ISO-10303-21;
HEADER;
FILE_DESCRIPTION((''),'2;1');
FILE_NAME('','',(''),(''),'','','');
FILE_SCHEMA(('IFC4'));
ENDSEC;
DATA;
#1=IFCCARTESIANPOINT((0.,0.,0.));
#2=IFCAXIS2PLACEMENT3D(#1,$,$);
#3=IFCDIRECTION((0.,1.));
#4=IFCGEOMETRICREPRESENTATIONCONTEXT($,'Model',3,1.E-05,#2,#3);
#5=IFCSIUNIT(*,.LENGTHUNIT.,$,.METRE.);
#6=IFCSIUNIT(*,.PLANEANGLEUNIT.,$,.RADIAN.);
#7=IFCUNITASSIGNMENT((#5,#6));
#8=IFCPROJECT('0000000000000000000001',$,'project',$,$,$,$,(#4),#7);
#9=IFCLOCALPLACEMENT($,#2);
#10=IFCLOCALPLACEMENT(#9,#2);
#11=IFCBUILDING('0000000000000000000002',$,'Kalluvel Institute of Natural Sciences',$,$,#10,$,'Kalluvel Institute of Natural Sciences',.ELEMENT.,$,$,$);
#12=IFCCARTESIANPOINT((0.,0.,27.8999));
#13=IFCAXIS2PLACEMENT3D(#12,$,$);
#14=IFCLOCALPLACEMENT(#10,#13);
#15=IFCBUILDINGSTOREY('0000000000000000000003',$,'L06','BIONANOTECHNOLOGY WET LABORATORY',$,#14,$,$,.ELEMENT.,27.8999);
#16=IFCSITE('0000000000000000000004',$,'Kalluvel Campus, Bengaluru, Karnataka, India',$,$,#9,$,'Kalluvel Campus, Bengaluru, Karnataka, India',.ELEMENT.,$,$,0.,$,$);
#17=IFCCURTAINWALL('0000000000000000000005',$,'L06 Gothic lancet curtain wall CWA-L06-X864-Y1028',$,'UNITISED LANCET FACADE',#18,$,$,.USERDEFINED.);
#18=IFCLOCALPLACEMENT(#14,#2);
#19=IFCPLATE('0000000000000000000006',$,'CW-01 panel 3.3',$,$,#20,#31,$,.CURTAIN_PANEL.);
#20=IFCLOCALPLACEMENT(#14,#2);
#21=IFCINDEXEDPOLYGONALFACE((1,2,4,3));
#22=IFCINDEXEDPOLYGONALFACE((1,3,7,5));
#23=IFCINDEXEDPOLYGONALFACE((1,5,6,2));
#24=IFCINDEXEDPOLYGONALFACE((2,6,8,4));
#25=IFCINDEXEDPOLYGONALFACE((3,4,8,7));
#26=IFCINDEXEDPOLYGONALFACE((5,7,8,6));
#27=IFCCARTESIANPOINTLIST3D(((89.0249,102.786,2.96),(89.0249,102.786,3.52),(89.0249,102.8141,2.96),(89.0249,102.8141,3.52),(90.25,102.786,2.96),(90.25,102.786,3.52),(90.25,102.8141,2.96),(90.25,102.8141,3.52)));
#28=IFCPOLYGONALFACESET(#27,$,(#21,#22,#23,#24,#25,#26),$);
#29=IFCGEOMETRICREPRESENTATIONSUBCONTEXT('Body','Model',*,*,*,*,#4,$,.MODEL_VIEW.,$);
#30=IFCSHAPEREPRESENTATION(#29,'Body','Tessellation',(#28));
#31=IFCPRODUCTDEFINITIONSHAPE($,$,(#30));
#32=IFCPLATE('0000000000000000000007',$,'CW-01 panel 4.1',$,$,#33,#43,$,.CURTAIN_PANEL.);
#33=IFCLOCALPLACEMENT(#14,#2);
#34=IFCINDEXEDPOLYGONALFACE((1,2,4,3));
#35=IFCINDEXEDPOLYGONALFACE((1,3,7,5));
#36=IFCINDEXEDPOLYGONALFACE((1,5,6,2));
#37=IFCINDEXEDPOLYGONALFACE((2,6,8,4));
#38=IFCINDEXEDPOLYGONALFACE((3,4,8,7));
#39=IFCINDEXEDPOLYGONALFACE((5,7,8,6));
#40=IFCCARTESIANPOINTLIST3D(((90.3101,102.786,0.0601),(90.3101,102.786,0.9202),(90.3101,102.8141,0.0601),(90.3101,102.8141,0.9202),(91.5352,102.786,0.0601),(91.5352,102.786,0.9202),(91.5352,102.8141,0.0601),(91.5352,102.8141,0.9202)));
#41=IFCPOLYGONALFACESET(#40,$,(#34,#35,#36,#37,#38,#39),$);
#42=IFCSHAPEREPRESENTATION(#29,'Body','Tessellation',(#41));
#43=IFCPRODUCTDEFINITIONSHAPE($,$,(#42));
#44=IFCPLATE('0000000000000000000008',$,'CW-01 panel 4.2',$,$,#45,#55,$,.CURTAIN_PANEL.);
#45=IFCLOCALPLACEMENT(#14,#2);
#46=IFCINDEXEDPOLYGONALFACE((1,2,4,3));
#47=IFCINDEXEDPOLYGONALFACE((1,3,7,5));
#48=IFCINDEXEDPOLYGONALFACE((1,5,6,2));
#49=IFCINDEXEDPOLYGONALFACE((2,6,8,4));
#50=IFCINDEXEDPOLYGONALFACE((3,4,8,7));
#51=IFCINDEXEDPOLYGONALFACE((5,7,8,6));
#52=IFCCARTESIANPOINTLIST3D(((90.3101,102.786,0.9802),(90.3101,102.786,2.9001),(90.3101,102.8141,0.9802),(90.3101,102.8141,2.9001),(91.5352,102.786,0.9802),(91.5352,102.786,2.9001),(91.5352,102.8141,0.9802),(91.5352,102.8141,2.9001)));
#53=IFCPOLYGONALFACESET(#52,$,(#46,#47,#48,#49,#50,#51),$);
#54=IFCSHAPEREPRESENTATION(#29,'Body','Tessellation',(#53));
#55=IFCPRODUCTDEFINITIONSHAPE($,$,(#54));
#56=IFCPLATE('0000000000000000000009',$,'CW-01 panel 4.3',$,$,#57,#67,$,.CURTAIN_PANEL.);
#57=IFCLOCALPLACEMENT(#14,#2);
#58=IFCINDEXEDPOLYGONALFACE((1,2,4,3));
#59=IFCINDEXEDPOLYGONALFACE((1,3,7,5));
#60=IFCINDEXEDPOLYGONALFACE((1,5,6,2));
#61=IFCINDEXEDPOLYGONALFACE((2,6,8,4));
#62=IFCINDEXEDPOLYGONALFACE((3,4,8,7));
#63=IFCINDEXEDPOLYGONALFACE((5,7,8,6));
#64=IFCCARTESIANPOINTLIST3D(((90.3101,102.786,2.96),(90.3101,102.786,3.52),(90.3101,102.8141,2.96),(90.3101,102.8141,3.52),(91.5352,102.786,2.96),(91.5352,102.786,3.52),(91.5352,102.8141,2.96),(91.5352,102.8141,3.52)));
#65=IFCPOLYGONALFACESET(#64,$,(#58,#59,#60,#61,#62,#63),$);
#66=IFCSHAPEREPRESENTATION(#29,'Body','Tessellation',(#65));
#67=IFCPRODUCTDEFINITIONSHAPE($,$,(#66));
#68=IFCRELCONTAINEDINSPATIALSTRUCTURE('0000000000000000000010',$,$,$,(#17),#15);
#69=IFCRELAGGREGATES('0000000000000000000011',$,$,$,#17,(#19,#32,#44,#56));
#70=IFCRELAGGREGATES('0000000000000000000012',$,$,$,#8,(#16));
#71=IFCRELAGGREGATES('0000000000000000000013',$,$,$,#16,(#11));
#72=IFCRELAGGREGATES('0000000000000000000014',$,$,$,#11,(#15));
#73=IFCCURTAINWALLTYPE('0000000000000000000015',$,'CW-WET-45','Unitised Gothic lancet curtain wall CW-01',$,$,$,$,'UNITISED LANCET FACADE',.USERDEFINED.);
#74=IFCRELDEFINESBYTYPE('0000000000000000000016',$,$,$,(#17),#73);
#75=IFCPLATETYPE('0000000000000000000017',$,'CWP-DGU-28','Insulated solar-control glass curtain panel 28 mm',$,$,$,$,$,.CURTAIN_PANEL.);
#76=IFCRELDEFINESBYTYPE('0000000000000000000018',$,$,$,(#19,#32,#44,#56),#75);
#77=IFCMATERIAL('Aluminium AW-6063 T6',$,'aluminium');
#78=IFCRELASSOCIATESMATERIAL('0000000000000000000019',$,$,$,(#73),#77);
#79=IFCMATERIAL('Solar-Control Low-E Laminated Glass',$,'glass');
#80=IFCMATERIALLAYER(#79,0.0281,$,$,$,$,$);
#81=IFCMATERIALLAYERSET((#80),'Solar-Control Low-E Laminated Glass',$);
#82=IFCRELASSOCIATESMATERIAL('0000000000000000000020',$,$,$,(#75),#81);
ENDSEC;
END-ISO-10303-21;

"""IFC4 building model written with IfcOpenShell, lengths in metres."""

from ifc_helpers import new_model, si_unit, direction, frame, origin, origin_2d, place, context, subcontext, project, spatial, rectangle, extrude, material, layer, layer_set, type_object, element, aggregate, save


model = new_model("IFC4")

# Units and contexts
model_context = context("Model", 3, precision=1e-05, world=origin(), true_north=direction((0.0, 1.0)))
body_context = subcontext(model_context, "Body", "Model", "MODEL_VIEW")
ifc_project = project(units=[si_unit("LENGTHUNIT", "METRE"), si_unit("PLANEANGLEUNIT", "RADIAN")], contexts=[model_context])

# Site, building, storey
site_placement = place(None, origin())
site = spatial("IfcSite", under=ifc_project, at=site_placement, Name="Kalluvel Campus, Bengaluru, Karnataka, India", LongName="Kalluvel Campus, Bengaluru, Karnataka, India", CompositionType="ELEMENT", RefElevation=0.0)
building_placement = place(site_placement, origin())
building = spatial("IfcBuilding", under=site, at=building_placement, Name="Kalluvel Institute of Natural Sciences", LongName="Kalluvel Institute of Natural Sciences", CompositionType="ELEMENT")
storey_placement = place(building_placement, frame((0.0, 0.0, 27.8999)))
storey = spatial("IfcBuildingStorey", under=building, at=storey_placement, Name="L06", Description="BIONANOTECHNOLOGY WET LABORATORY", CompositionType="ELEMENT", Elevation=27.8999)

# Curtain wall, plates
ifc_material_1 = material(Name="Aluminium AW-6063 T6", Category="aluminium")
curtain_wall_type = type_object("IfcCurtainWallType", Name="CW-WET-45", Description="Unitised Gothic lancet curtain wall CW-01", ElementType="UNITISED LANCET FACADE", PredefinedType="USERDEFINED", material=ifc_material_1)
curtain_wall_placement = place(storey_placement, origin())
curtain_wall = element("IfcCurtainWall", 1, at=curtain_wall_placement, inside=storey, type_object=curtain_wall_type, Name="L06 Gothic lancet curtain wall CWA-L06-X864-Y1028", ObjectType="UNITISED LANCET FACADE", PredefinedType="USERDEFINED")
ifc_material_2 = material(Name="Solar-Control Low-E Laminated Glass", Category="glass")
ifc_layer = layer(ifc_material_2, 0.0281)
ifc_layer_set = layer_set([ifc_layer], Name="Solar-Control Low-E Laminated Glass")
plate_type = type_object("IfcPlateType", Name="CWP-DGU-28", Description="Insulated solar-control glass curtain panel 28 mm", PredefinedType="CURTAIN_PANEL", material=ifc_layer_set)
plate_1_placement = place(storey_placement, frame((89.6375, 102.8, 2.96), z_axis=(0.0, 0.0, 1.0), x_axis=(1.0, 0.0, 0.0)))
plate_1 = element("IfcPlate", 2, at=plate_1_placement, type_object=plate_type, Name="CW-01 panel 3.3", PredefinedType="CURTAIN_PANEL", context=body_context, shape_type="SweptSolid", body=[
    extrude(rectangle(XDim=1.2251, YDim=0.0281, at=origin_2d()), origin(), (0.0, 0.0, 1.0), 0.5601),
])
plate_2_placement = place(storey_placement, frame((90.9226, 102.8, 0.0601), z_axis=(0.0, 0.0, 1.0), x_axis=(1.0, 0.0, 0.0)))
plate_2 = element("IfcPlate", 3, at=plate_2_placement, type_object=plate_type, Name="CW-01 panel 4.1", PredefinedType="CURTAIN_PANEL", context=body_context, shape_type="SweptSolid", body=[
    extrude(rectangle(XDim=1.2251, YDim=0.0281, at=origin_2d()), origin(), (0.0, 0.0, 1.0), 0.8601),
])
plate_3_placement = place(storey_placement, frame((90.9226, 102.8, 0.9802), z_axis=(0.0, 0.0, 1.0), x_axis=(1.0, 0.0, 0.0)))
plate_3 = element("IfcPlate", 4, at=plate_3_placement, type_object=plate_type, Name="CW-01 panel 4.2", PredefinedType="CURTAIN_PANEL", context=body_context, shape_type="SweptSolid", body=[
    extrude(rectangle(XDim=1.2251, YDim=0.0281, at=origin_2d()), origin(), (0.0, 0.0, 1.0), 1.9199),
])
plate_4_placement = place(storey_placement, frame((90.9226, 102.8, 2.96), z_axis=(0.0, 0.0, 1.0), x_axis=(1.0, 0.0, 0.0)))
plate_4 = element("IfcPlate", 5, at=plate_4_placement, type_object=plate_type, Name="CW-01 panel 4.3", PredefinedType="CURTAIN_PANEL", context=body_context, shape_type="SweptSolid", body=[
    extrude(rectangle(XDim=1.2251, YDim=0.0281, at=origin_2d()), origin(), (0.0, 0.0, 1.0), 0.5601),
])
aggregate(curtain_wall, [plate_1, plate_2, plate_3, plate_4])

save(model, "model.ifc")
